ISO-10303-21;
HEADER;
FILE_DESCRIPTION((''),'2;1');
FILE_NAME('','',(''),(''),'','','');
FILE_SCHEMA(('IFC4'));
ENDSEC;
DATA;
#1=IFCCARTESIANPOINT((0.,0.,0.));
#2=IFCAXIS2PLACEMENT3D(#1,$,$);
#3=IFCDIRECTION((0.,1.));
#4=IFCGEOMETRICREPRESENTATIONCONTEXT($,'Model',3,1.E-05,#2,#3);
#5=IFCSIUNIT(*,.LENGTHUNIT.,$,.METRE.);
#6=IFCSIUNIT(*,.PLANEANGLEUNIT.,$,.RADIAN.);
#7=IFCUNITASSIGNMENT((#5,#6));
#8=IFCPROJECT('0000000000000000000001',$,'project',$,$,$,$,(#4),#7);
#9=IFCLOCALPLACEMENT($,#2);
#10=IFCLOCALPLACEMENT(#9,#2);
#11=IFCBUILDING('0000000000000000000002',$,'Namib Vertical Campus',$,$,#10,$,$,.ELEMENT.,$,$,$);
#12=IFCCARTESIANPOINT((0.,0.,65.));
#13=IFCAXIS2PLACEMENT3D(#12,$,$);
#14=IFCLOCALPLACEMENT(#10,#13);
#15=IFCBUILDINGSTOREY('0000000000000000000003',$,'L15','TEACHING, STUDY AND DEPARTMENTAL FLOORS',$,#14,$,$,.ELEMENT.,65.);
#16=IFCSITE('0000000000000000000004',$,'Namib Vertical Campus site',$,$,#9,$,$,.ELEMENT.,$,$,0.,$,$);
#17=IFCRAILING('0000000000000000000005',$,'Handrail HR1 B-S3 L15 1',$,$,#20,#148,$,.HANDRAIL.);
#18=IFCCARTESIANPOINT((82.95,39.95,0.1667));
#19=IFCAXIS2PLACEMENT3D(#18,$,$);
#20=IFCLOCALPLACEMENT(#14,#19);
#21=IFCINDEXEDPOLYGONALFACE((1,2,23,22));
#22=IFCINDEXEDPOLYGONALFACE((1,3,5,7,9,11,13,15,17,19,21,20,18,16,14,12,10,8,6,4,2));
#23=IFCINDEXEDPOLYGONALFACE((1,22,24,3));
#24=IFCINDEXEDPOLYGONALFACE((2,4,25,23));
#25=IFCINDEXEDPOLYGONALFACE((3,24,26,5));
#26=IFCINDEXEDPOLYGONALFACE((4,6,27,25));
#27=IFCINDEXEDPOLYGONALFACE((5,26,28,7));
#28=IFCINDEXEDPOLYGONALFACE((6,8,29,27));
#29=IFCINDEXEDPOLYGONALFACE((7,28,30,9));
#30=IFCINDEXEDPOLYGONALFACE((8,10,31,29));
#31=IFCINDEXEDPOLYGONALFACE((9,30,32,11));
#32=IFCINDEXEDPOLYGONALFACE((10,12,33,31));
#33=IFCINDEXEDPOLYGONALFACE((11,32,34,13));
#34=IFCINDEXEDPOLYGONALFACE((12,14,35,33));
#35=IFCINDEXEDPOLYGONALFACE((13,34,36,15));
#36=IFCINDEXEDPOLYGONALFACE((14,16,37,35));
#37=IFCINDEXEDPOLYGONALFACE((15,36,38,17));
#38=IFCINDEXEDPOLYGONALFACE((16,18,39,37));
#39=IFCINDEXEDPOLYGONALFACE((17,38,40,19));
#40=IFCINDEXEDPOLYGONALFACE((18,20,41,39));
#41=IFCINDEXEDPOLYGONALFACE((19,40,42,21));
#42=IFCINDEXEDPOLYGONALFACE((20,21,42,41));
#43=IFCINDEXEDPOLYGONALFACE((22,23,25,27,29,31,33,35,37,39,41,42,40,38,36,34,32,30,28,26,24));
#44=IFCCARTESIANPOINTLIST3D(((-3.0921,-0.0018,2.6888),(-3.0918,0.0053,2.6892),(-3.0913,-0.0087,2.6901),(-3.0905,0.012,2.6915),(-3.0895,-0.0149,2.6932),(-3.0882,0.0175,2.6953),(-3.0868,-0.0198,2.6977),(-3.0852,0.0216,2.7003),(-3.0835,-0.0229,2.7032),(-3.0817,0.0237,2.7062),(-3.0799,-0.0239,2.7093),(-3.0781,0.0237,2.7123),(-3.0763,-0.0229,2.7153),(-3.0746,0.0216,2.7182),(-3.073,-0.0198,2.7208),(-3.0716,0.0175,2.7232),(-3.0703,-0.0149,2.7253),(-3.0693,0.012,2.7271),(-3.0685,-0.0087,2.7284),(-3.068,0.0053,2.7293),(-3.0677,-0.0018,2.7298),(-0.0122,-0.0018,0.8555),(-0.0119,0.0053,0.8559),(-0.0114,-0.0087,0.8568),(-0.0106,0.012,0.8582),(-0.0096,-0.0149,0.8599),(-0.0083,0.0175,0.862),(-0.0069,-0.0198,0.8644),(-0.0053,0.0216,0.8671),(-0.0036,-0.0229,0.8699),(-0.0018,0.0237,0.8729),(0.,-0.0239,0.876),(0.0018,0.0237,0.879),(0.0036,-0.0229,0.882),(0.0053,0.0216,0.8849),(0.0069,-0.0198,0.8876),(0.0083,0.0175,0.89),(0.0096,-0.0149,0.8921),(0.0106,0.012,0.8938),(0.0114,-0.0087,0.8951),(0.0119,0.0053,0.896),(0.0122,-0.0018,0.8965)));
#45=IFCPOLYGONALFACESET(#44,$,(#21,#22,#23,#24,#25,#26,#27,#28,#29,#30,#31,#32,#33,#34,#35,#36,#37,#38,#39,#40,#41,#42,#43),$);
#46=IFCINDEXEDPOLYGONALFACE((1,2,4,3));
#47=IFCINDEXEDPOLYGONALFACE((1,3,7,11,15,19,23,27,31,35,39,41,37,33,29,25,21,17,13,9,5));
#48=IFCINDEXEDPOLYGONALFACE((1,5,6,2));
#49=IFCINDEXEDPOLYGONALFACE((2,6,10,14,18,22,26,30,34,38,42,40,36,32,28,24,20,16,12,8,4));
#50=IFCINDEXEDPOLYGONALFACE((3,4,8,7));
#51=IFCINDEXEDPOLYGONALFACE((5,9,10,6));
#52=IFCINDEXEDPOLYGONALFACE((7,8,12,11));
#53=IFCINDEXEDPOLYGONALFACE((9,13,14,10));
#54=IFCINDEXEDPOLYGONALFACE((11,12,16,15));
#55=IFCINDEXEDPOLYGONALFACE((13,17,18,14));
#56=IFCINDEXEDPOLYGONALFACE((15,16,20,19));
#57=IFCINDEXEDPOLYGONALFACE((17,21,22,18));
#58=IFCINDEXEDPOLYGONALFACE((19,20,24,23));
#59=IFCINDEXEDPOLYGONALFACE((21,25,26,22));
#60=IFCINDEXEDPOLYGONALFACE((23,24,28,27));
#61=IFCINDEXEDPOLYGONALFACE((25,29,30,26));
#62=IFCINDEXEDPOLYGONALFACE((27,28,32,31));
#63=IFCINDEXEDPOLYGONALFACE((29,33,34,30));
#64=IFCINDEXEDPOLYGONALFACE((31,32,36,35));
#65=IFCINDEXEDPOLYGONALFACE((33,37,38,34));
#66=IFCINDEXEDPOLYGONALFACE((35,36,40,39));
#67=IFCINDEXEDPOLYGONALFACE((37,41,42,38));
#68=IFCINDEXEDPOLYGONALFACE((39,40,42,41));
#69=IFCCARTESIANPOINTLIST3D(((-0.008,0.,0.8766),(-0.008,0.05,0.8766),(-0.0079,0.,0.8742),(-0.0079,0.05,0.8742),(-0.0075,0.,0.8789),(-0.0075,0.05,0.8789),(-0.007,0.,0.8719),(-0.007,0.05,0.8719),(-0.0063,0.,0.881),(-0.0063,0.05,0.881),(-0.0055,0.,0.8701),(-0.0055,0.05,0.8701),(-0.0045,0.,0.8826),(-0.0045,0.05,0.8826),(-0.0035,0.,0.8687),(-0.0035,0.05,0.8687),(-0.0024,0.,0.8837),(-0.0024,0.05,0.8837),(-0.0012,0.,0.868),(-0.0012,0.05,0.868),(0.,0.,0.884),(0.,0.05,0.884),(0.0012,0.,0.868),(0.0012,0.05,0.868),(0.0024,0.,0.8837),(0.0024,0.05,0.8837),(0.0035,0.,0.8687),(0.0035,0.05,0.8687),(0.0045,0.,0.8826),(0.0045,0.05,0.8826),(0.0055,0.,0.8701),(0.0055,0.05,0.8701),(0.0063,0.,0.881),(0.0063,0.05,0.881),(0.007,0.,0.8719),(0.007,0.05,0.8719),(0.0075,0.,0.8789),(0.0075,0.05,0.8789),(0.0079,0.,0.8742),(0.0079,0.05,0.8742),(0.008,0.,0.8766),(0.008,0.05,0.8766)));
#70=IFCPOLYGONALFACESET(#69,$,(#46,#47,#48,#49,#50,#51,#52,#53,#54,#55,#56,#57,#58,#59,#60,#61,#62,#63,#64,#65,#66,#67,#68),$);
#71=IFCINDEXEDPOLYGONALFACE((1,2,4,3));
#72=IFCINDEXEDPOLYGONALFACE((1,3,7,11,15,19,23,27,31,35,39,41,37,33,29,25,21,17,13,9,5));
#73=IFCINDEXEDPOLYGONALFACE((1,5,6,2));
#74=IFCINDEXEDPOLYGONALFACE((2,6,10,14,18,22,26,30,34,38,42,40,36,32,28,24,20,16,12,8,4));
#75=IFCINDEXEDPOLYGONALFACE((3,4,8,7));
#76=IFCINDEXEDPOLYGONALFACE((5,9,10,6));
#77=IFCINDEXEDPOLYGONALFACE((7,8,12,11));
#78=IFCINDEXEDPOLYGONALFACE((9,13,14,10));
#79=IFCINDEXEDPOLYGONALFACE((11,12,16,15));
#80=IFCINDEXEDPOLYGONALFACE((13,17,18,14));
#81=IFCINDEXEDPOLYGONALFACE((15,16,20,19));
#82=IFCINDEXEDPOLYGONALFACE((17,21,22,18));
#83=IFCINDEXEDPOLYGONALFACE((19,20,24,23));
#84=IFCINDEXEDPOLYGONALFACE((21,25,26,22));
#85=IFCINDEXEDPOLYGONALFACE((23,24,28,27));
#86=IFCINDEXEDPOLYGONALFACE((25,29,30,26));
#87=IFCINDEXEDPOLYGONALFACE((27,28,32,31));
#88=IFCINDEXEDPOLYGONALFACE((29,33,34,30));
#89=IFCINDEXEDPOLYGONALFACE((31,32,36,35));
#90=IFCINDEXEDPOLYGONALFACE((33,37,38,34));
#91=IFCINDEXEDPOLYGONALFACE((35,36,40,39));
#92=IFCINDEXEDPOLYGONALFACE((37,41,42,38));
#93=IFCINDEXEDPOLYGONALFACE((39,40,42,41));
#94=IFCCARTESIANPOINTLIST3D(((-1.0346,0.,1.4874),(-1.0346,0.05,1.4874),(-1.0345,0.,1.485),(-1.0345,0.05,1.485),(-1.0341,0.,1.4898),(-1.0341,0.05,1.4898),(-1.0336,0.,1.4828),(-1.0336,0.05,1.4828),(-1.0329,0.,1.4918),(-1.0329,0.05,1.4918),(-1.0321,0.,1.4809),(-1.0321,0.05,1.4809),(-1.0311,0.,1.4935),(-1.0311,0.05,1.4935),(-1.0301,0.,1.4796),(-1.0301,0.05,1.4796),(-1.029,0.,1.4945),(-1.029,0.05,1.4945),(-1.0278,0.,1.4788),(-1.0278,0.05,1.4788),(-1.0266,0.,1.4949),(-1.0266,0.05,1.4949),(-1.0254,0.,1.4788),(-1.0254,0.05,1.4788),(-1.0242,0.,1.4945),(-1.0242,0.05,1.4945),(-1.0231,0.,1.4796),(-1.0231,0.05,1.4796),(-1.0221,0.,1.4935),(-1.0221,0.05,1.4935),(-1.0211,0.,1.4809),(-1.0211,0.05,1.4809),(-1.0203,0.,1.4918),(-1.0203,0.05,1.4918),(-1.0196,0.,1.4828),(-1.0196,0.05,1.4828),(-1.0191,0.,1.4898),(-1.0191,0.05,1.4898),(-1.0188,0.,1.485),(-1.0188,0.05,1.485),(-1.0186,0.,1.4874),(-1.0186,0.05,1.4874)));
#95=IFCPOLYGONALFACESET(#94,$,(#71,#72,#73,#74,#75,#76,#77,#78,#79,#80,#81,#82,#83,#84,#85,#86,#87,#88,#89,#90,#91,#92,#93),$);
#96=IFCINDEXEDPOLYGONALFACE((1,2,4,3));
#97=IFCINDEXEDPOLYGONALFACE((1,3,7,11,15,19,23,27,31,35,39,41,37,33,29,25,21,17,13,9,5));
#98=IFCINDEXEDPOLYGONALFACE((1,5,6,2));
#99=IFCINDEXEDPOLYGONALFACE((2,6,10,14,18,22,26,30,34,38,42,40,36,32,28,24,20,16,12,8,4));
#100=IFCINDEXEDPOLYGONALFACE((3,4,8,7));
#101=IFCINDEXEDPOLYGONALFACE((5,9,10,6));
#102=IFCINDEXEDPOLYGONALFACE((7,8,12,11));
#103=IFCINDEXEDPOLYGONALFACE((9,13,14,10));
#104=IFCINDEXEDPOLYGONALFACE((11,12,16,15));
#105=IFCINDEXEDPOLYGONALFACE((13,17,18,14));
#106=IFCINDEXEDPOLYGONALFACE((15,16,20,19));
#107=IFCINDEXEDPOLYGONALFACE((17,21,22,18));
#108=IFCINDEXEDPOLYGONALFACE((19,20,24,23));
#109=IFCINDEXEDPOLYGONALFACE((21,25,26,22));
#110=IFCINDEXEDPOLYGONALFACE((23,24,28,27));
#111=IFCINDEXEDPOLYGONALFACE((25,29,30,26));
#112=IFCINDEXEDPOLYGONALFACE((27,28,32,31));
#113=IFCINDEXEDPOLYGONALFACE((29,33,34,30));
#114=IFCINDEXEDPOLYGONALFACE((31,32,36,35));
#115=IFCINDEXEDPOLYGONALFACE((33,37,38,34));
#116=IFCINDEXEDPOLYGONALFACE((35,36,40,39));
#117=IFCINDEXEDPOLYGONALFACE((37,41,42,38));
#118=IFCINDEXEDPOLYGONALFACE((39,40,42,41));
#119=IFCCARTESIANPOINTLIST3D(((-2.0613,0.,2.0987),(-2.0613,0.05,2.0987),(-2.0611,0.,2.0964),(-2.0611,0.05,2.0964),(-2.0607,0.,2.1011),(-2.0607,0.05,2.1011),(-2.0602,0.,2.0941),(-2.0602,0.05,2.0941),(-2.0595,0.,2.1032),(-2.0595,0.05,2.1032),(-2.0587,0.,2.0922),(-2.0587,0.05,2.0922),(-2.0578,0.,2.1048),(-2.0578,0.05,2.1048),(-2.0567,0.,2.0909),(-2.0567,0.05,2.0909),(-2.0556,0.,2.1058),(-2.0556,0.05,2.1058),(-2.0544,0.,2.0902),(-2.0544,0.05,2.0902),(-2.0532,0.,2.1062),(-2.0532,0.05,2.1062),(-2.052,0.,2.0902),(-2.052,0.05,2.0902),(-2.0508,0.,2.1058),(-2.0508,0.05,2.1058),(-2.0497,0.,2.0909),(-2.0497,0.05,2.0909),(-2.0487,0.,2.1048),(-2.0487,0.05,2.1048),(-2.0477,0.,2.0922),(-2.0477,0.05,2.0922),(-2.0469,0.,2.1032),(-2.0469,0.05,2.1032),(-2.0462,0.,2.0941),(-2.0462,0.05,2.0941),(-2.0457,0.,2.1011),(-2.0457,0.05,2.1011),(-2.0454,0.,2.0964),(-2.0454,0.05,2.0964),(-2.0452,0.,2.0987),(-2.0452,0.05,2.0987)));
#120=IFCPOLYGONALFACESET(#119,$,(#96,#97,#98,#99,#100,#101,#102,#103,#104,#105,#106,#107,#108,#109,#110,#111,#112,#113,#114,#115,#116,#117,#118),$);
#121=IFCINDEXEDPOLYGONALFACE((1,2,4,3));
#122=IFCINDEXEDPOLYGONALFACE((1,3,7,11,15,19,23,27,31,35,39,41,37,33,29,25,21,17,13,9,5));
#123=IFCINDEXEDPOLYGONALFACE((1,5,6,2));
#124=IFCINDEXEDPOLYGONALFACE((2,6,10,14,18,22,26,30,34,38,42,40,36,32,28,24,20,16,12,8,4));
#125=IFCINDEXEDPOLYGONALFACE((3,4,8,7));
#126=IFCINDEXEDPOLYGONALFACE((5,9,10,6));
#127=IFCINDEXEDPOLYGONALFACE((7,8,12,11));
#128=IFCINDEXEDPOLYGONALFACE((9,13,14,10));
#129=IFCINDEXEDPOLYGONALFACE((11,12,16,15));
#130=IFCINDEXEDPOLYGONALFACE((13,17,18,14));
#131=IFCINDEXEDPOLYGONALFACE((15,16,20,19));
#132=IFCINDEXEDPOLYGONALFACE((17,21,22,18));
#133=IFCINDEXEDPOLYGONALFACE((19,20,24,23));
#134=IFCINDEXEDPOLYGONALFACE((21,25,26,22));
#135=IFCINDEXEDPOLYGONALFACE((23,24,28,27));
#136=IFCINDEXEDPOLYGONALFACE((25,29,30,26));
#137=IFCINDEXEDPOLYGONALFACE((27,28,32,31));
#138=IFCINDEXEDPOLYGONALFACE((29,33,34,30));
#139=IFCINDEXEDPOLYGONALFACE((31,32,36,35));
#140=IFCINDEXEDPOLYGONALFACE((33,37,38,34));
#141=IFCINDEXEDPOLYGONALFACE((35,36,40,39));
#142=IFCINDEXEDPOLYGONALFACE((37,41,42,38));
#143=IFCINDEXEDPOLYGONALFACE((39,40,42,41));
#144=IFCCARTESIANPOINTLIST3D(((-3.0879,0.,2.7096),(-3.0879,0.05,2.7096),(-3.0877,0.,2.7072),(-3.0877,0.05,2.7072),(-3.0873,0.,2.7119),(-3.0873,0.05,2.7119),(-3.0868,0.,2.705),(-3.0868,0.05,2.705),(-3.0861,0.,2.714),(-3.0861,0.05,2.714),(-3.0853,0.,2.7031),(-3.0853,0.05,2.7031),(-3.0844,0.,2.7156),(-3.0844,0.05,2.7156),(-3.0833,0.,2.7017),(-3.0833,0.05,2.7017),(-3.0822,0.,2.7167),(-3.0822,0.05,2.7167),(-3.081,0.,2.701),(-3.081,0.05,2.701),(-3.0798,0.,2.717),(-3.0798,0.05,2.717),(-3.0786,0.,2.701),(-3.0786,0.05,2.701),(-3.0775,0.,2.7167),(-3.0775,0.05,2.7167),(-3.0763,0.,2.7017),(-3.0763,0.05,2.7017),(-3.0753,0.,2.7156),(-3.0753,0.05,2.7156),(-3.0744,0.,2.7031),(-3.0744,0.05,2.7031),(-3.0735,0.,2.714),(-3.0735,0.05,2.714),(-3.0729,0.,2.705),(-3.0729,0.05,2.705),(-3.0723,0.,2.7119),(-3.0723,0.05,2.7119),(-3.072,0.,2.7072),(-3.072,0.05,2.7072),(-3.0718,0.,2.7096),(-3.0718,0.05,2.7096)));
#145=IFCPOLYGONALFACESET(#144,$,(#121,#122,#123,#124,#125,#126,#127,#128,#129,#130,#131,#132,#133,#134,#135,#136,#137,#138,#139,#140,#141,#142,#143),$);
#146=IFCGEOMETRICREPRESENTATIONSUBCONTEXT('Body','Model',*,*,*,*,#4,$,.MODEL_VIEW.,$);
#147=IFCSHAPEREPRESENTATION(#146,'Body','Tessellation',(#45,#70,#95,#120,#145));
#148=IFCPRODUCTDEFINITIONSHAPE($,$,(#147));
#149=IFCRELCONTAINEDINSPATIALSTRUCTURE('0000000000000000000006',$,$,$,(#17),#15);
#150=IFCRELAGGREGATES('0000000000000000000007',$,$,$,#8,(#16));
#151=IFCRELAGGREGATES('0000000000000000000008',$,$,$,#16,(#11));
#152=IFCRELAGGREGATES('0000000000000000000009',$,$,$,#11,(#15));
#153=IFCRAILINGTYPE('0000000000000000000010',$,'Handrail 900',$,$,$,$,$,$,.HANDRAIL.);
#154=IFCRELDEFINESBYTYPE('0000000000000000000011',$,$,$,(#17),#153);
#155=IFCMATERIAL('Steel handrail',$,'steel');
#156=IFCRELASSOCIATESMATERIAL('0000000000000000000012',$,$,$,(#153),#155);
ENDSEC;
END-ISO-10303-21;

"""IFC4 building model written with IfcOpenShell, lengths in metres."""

from ifc_helpers import new_model, si_unit, direction, frame, origin, origin_2d, place, context, subcontext, project, spatial, circle, extrude, material, type_object, element, save


model = new_model("IFC4")

# Units and contexts
model_context = context("Model", 3, precision=1e-05, world=origin(), true_north=direction((0.0, 1.0)))
body_context = subcontext(model_context, "Body", "Model", "MODEL_VIEW")
ifc_project = project(units=[si_unit("LENGTHUNIT", "METRE"), si_unit("PLANEANGLEUNIT", "RADIAN")], contexts=[model_context])

# Site, building, storey
site_placement = place(None, origin())
site = spatial("IfcSite", under=ifc_project, at=site_placement, Name="Namib Vertical Campus site", CompositionType="ELEMENT", RefElevation=0.0)
building_placement = place(site_placement, origin())
building = spatial("IfcBuilding", under=site, at=building_placement, Name="Namib Vertical Campus", CompositionType="ELEMENT")
storey_placement = place(building_placement, frame((0.0, 0.0, 65.0)))
storey = spatial("IfcBuildingStorey", under=building, at=storey_placement, Name="L15", Description="TEACHING, STUDY AND DEPARTMENTAL FLOORS", CompositionType="ELEMENT", Elevation=65.0)

# Railing
ifc_material_1 = material(Name="Steel handrail", Category="steel")
railing_type_1 = type_object("IfcRailingType", Name="Handrail 900", PredefinedType="HANDRAIL", material=ifc_material_1)
railing_1_placement = place(storey_placement, frame((82.95, 39.95, 0.1667)))
element("IfcRailing", 1, at=railing_1_placement, inside=storey, type_object=railing_type_1, Name="Handrail HR1 B-S3 L15 1", PredefinedType="HANDRAIL", context=body_context, shape_type="SweptSolid", body=[
    extrude(circle(Radius=0.0239, at=origin_2d()), frame((0.0, 0.0, 0.876), z_axis=(-0.859291, 0.0, 0.511487), x_axis=(0.0, -1.0, 0.0)), (0.0, 0.0, 1.0), 3.5842),
    extrude(circle(Radius=0.0081, at=origin_2d()), frame((0.0, 0.0, 0.876), z_axis=(0.0, 1.0, 0.0), x_axis=(0.0, 0.0, 1.0)), (0.0, 0.0, 1.0), 0.05),
    extrude(circle(Radius=0.0081, at=origin_2d()), frame((-1.0266, 0.0, 1.4868), z_axis=(0.0, 1.0, 0.0), x_axis=(0.0, 0.0, 1.0)), (0.0, 0.0, 1.0), 0.05),
    extrude(circle(Radius=0.0081, at=origin_2d()), frame((-2.0532, 0.0, 2.0981), z_axis=(0.0, 1.0, 0.0), x_axis=(0.0, 0.0, 1.0)), (0.0, 0.0, 1.0), 0.05),
    extrude(circle(Radius=0.0081, at=origin_2d()), frame((-3.0798, 0.0, 2.709), z_axis=(0.0, 1.0, 0.0), x_axis=(0.0, 0.0, 1.0)), (0.0, 0.0, 1.0), 0.05),
])

save(model, "model.ifc")
